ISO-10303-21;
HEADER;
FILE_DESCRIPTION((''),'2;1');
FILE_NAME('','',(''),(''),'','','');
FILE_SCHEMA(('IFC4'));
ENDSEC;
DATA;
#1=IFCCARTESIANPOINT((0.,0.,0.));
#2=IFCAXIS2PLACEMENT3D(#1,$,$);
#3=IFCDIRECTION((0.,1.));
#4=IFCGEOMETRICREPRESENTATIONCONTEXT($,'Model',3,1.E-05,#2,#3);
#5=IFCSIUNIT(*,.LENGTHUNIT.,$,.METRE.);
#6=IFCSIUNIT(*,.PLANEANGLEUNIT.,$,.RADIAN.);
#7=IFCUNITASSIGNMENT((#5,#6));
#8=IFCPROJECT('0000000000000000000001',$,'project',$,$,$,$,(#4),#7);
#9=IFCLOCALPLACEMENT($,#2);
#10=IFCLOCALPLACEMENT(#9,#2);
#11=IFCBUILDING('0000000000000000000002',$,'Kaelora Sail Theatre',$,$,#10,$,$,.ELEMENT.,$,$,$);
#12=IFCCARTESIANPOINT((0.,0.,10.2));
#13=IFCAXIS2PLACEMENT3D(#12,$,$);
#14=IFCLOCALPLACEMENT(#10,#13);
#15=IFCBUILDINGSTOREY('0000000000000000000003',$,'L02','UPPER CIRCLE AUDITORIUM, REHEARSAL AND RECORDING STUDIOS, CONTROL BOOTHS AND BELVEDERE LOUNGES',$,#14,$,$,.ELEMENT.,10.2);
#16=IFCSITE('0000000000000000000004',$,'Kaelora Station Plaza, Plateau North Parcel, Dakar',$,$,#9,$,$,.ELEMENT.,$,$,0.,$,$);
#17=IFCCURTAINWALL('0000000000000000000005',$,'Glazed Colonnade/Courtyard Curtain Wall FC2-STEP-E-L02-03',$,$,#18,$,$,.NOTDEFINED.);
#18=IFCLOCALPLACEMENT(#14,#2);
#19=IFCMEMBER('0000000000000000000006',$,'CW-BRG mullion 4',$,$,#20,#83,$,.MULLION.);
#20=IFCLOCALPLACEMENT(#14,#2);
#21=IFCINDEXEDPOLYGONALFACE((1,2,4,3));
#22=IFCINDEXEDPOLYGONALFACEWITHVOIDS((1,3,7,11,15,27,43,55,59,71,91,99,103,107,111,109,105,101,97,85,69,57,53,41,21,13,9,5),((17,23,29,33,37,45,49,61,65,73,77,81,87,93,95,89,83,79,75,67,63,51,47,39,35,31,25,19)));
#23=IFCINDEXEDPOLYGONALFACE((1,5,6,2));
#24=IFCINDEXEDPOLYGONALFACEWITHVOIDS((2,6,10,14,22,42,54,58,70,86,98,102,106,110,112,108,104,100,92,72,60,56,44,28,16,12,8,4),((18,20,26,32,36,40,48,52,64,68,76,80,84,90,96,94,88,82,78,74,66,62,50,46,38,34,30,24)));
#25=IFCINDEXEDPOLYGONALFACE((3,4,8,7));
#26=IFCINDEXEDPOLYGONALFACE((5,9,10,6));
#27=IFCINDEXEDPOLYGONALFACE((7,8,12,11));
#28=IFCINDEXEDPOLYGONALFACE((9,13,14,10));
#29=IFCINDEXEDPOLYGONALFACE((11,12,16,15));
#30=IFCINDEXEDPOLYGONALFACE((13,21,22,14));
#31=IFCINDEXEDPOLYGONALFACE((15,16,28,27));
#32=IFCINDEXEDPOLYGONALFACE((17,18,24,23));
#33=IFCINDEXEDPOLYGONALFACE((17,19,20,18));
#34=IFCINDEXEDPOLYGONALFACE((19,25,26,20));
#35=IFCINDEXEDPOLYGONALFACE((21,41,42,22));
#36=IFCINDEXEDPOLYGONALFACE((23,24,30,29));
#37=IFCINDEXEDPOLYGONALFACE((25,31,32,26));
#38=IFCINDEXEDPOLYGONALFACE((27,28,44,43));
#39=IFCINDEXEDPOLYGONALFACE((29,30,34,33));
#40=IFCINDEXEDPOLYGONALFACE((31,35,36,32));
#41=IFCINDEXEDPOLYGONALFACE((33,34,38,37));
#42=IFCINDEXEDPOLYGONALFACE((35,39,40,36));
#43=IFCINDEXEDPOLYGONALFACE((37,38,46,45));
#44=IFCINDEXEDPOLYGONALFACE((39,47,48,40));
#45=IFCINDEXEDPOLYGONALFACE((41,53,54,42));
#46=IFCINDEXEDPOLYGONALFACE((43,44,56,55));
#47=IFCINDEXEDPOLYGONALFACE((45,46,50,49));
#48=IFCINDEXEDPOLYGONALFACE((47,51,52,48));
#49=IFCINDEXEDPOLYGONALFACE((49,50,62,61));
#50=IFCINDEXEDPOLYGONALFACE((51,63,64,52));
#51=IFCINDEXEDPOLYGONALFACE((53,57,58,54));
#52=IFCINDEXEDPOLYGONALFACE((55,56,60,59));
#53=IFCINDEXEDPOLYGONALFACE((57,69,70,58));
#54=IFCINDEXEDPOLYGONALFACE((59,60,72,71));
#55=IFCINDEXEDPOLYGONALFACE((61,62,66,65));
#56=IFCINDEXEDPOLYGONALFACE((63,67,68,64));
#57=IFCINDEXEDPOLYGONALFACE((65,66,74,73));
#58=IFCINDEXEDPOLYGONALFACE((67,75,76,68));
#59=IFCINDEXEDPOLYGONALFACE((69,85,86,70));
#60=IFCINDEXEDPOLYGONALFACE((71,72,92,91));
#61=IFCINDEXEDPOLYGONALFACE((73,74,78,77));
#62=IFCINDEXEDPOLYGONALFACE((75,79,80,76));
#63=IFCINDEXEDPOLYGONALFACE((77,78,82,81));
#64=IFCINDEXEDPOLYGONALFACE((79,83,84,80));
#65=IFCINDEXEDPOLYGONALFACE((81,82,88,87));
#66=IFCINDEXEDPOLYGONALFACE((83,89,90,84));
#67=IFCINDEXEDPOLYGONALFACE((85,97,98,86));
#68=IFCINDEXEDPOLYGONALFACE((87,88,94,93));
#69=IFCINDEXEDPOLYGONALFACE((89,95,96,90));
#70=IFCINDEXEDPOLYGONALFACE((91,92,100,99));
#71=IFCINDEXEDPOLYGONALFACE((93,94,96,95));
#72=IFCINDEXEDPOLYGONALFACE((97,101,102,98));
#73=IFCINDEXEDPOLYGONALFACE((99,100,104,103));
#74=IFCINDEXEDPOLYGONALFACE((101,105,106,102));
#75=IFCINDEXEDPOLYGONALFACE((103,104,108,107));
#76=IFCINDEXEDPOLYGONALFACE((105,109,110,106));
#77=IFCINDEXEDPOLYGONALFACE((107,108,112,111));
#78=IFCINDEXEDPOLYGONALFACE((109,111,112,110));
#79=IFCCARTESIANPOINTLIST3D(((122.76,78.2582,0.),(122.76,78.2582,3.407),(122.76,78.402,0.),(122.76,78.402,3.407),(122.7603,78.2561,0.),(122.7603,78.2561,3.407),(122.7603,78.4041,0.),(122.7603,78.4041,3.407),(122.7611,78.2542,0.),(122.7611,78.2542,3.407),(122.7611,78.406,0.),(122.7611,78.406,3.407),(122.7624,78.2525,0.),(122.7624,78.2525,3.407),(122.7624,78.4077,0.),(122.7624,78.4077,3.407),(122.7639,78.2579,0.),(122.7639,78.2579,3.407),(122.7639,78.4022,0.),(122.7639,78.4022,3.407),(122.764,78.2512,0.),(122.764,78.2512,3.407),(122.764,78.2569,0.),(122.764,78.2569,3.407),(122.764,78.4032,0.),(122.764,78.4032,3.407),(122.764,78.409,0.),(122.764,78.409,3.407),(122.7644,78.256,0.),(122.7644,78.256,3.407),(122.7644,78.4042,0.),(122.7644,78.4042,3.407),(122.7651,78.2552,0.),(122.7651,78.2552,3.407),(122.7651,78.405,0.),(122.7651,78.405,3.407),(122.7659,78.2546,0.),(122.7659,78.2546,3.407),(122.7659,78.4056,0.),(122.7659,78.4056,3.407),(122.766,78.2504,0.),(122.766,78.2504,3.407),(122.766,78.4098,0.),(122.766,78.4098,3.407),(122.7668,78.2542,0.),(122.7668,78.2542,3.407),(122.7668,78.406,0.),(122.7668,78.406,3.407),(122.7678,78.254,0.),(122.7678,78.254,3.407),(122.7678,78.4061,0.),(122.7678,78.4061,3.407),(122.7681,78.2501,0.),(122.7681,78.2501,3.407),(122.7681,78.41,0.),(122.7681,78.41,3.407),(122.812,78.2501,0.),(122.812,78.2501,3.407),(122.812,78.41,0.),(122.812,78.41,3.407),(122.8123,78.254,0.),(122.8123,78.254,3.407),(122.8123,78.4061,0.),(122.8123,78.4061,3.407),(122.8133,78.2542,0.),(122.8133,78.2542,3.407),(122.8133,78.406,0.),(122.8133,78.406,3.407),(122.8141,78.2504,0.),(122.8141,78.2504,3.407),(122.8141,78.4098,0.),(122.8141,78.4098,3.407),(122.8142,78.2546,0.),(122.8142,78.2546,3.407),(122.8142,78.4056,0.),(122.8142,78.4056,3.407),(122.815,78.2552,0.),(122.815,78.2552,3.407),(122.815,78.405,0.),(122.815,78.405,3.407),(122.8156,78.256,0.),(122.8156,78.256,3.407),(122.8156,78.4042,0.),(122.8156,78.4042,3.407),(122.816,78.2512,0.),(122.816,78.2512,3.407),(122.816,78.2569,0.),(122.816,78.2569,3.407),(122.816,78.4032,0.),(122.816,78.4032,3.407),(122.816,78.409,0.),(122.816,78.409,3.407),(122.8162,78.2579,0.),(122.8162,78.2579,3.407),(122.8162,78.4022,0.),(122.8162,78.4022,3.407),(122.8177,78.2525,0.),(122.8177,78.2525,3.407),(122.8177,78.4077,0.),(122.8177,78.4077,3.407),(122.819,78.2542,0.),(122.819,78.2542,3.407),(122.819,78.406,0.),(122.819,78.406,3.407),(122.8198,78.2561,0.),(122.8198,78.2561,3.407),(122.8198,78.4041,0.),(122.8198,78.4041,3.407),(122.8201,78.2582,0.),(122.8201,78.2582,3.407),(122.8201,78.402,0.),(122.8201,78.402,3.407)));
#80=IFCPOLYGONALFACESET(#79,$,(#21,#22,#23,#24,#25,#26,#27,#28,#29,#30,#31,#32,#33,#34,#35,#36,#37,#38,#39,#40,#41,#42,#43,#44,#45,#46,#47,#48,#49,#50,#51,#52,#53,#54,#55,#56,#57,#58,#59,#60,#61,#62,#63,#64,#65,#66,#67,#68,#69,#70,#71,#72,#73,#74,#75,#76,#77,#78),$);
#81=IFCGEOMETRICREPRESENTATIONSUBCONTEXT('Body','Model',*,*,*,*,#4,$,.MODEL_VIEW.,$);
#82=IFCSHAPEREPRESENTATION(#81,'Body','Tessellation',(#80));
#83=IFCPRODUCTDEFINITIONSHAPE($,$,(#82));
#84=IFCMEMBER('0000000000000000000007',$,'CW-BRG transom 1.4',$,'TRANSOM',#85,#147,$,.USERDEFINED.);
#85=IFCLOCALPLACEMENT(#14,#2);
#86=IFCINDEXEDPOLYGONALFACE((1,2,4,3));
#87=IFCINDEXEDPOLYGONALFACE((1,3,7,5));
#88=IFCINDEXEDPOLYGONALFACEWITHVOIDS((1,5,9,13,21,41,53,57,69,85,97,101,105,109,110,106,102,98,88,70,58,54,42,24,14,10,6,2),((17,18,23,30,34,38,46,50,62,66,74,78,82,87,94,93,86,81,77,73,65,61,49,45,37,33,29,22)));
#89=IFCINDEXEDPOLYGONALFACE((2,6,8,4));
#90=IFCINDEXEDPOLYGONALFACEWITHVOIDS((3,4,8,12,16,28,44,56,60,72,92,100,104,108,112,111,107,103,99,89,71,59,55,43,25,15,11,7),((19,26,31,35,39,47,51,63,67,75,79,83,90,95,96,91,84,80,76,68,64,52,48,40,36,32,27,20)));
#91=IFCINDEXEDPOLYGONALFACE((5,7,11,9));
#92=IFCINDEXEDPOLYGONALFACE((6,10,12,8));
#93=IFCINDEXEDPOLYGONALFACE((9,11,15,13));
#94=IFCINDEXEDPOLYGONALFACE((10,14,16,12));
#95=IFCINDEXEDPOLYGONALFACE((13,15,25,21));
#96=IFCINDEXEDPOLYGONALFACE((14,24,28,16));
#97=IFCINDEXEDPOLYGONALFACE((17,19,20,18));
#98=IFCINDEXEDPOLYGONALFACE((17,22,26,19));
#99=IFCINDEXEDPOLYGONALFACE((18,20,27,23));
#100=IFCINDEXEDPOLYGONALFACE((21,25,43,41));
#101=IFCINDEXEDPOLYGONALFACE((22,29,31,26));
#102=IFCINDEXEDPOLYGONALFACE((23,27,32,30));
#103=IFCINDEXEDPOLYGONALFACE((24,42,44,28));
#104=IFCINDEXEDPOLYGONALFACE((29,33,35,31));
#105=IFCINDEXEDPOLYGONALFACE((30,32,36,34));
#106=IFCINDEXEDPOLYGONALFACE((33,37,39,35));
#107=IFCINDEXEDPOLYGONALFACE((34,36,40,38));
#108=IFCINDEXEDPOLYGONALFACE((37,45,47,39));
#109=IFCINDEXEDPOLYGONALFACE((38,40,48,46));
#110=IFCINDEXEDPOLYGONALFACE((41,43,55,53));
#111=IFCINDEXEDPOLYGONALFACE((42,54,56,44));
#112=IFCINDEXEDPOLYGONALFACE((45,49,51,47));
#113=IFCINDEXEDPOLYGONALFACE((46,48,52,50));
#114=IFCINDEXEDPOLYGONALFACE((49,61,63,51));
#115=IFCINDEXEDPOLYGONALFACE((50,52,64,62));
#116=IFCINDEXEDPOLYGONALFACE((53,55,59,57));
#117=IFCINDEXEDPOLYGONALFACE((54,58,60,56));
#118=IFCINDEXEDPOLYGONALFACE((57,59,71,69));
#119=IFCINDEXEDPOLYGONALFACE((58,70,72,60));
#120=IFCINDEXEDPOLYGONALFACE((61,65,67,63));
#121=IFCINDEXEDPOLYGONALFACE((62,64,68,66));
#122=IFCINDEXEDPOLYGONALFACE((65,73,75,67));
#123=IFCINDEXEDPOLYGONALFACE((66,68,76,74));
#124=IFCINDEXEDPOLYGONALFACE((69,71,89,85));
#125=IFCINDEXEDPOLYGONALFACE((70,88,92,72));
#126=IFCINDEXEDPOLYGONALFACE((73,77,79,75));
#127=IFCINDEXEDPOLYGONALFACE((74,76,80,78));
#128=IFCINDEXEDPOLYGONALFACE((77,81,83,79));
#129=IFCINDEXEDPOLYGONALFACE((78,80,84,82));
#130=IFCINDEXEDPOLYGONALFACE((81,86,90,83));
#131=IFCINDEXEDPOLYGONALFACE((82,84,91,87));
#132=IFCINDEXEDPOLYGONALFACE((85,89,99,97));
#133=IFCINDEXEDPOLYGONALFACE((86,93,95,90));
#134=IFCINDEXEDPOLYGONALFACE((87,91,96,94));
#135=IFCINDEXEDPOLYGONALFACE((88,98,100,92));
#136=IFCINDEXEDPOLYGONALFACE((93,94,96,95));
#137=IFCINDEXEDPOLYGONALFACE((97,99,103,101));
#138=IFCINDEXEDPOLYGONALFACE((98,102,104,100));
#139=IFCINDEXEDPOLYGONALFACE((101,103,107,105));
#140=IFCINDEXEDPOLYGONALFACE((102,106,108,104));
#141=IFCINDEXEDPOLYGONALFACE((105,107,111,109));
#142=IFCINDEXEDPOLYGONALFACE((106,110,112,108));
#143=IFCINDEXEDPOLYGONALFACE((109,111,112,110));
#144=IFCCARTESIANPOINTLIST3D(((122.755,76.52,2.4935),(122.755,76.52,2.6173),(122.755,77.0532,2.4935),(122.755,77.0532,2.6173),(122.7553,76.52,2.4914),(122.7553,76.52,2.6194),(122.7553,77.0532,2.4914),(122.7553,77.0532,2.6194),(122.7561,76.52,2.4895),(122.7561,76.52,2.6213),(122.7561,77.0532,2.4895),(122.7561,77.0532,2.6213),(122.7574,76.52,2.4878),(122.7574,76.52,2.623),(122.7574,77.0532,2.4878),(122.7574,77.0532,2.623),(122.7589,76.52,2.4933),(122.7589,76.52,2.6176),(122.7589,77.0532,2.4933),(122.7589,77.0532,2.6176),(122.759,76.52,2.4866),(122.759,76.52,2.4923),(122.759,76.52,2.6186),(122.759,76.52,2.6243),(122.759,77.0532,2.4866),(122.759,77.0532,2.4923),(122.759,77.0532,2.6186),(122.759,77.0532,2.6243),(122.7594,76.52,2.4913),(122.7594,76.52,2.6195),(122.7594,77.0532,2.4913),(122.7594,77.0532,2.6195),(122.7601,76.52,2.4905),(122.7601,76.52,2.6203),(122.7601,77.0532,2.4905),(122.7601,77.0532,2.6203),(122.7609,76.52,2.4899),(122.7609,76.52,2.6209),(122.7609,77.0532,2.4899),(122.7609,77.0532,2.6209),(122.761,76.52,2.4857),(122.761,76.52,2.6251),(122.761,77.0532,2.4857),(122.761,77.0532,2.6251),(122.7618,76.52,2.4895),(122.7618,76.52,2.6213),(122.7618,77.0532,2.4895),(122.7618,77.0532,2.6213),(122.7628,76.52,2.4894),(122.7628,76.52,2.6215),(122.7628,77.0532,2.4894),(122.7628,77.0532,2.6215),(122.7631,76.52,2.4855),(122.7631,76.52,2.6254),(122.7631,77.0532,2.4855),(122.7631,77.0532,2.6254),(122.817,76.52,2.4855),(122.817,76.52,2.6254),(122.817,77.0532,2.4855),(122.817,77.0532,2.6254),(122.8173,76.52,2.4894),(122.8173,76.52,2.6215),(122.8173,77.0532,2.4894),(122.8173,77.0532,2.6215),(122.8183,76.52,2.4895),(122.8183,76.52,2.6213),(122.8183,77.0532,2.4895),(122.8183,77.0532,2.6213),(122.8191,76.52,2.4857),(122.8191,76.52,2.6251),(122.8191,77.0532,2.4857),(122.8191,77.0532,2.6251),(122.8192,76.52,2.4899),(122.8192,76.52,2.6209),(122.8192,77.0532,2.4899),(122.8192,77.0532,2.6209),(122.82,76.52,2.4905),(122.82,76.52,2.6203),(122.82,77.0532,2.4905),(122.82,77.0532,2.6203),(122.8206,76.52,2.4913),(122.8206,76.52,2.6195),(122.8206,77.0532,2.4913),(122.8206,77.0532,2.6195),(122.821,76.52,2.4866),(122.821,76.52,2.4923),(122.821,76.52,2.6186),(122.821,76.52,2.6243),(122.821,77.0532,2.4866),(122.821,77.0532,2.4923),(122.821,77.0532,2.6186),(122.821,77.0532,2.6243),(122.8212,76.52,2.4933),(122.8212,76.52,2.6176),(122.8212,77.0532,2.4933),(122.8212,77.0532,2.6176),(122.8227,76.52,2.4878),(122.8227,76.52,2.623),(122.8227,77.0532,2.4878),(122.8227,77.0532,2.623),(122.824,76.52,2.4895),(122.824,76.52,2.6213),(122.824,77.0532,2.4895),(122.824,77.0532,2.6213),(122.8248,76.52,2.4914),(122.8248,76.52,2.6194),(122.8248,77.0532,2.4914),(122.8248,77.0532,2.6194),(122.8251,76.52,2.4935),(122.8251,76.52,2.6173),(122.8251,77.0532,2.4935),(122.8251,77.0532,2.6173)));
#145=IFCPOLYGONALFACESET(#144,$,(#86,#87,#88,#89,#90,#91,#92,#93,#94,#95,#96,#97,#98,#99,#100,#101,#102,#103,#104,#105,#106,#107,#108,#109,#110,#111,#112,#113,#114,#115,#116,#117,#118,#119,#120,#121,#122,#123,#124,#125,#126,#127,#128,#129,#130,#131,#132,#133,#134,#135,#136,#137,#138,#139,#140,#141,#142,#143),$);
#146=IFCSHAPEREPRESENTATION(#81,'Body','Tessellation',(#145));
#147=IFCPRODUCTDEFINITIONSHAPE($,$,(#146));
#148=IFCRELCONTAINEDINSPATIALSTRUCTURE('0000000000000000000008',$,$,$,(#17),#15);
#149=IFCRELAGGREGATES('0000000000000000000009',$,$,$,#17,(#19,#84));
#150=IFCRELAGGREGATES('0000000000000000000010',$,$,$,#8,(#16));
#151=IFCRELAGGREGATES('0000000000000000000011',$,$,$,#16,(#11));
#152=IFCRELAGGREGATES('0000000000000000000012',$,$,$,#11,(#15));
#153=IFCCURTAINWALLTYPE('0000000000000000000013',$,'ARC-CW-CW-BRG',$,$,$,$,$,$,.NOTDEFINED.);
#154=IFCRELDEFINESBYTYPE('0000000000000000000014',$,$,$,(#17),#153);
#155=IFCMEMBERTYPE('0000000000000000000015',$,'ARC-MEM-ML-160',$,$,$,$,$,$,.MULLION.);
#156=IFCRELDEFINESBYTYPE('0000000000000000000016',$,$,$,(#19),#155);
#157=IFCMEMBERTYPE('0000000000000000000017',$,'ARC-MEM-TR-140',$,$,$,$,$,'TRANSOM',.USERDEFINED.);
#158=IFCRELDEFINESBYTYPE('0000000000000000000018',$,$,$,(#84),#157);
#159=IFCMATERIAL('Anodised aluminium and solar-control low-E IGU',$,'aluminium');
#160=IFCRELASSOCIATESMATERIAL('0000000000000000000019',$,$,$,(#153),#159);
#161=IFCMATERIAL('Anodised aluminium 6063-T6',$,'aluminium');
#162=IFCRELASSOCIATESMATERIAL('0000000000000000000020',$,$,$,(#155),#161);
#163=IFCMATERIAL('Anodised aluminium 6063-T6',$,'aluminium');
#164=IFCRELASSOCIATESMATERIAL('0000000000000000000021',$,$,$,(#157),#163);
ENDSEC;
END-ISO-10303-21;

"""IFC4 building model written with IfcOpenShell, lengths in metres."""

from ifc_helpers import new_model, si_unit, direction, frame, origin, origin_2d, place, context, subcontext, project, spatial, hollow_rectangle, extrude, material, material_profile, profile_set, type_object, element, aggregate, save


model = new_model("IFC4")

# Units and contexts
model_context = context("Model", 3, precision=1e-05, world=origin(), true_north=direction((0.0, 1.0)))
body_context = subcontext(model_context, "Body", "Model", "MODEL_VIEW")
ifc_project = project(units=[si_unit("LENGTHUNIT", "METRE"), si_unit("PLANEANGLEUNIT", "RADIAN")], contexts=[model_context])

# Site, building, storey
site_placement = place(None, origin())
site = spatial("IfcSite", under=ifc_project, at=site_placement, Name="Kaelora Station Plaza, Plateau North Parcel, Dakar", CompositionType="ELEMENT", RefElevation=0.0)
building_placement = place(site_placement, origin())
building = spatial("IfcBuilding", under=site, at=building_placement, Name="Kaelora Sail Theatre", CompositionType="ELEMENT")
storey_placement = place(building_placement, frame((0.0, 0.0, 10.2)))
storey = spatial("IfcBuildingStorey", under=building, at=storey_placement, Name="L02", Description="UPPER CIRCLE AUDITORIUM, REHEARSAL AND RECORDING STUDIOS, CONTROL BOOTHS AND BELVEDERE LOUNGES", CompositionType="ELEMENT", Elevation=10.2)

# Curtain wall, members
ifc_material_1 = material(Name="Anodised aluminium and solar-control low-E IGU", Category="aluminium")
curtain_wall_type = type_object("IfcCurtainWallType", Name="ARC-CW-CW-BRG", PredefinedType="NOTDEFINED", material=ifc_material_1)
curtain_wall_placement = place(storey_placement, origin())
curtain_wall = element("IfcCurtainWall", 1, at=curtain_wall_placement, inside=storey, type_object=curtain_wall_type, Name="Glazed Colonnade/Courtyard Curtain Wall FC2-STEP-E-L02-03", PredefinedType="NOTDEFINED")
ifc_material_2 = material(Name="Anodised aluminium 6063-T6", Category="aluminium")
ifc_material_profile_1 = material_profile(ifc_material_2, hollow_rectangle(XDim=0.0601, YDim=0.1599, WallThickness=0.0039, InnerFilletRadius=0.0039, OuterFilletRadius=0.0081, at=origin_2d()), Name="ALU-MULL 60x160x4")
ifc_profile_set_1 = profile_set([ifc_material_profile_1], Name="Anodised aluminium 6063-T6")
member_type_1 = type_object("IfcMemberType", Name="ARC-MEM-ML-160", PredefinedType="MULLION", material=ifc_profile_set_1)
member_1_placement = place(storey_placement, frame((122.79, 78.3301, 0.0), z_axis=(0.0, 0.0, 1.0), x_axis=(-1.0, 0.0, 0.0)))
member_1 = element("IfcMember", 2, at=member_1_placement, type_object=member_type_1, Name="CW-BRG mullion 4", PredefinedType="MULLION", context=body_context, shape_type="SweptSolid", body=[
    extrude(hollow_rectangle(XDim=0.0601, YDim=0.1599, WallThickness=0.0039, InnerFilletRadius=0.0039, OuterFilletRadius=0.0081, at=origin_2d()), origin(), (0.0, 0.0, 1.0), 3.407),
])
ifc_material_3 = material(Name="Anodised aluminium 6063-T6", Category="aluminium")
ifc_material_profile_2 = material_profile(ifc_material_3, hollow_rectangle(XDim=0.0701, YDim=0.1399, WallThickness=0.0039, InnerFilletRadius=0.0039, OuterFilletRadius=0.0081, at=origin_2d()), Name="ALU-TRAN 70x140x4")
ifc_profile_set_2 = profile_set([ifc_material_profile_2], Name="Anodised aluminium 6063-T6")
member_type_2 = type_object("IfcMemberType", Name="ARC-MEM-TR-140", ElementType="TRANSOM", PredefinedType="USERDEFINED", material=ifc_profile_set_2)
member_2_placement = place(storey_placement, frame((122.79, 76.52, 2.5554), z_axis=(0.0, 1.0, 0.0), x_axis=(-1.0, 0.0, 0.0)))
member_2 = element("IfcMember", 3, at=member_2_placement, type_object=member_type_2, Name="CW-BRG transom 1.4", ObjectType="TRANSOM", PredefinedType="USERDEFINED", context=body_context, shape_type="SweptSolid", body=[
    extrude(hollow_rectangle(XDim=0.0701, YDim=0.1399, WallThickness=0.0039, InnerFilletRadius=0.0039, OuterFilletRadius=0.0081, at=origin_2d()), origin(), (0.0, 0.0, 1.0), 0.5332),
])
aggregate(curtain_wall, [member_1, member_2])

save(model, "model.ifc")
